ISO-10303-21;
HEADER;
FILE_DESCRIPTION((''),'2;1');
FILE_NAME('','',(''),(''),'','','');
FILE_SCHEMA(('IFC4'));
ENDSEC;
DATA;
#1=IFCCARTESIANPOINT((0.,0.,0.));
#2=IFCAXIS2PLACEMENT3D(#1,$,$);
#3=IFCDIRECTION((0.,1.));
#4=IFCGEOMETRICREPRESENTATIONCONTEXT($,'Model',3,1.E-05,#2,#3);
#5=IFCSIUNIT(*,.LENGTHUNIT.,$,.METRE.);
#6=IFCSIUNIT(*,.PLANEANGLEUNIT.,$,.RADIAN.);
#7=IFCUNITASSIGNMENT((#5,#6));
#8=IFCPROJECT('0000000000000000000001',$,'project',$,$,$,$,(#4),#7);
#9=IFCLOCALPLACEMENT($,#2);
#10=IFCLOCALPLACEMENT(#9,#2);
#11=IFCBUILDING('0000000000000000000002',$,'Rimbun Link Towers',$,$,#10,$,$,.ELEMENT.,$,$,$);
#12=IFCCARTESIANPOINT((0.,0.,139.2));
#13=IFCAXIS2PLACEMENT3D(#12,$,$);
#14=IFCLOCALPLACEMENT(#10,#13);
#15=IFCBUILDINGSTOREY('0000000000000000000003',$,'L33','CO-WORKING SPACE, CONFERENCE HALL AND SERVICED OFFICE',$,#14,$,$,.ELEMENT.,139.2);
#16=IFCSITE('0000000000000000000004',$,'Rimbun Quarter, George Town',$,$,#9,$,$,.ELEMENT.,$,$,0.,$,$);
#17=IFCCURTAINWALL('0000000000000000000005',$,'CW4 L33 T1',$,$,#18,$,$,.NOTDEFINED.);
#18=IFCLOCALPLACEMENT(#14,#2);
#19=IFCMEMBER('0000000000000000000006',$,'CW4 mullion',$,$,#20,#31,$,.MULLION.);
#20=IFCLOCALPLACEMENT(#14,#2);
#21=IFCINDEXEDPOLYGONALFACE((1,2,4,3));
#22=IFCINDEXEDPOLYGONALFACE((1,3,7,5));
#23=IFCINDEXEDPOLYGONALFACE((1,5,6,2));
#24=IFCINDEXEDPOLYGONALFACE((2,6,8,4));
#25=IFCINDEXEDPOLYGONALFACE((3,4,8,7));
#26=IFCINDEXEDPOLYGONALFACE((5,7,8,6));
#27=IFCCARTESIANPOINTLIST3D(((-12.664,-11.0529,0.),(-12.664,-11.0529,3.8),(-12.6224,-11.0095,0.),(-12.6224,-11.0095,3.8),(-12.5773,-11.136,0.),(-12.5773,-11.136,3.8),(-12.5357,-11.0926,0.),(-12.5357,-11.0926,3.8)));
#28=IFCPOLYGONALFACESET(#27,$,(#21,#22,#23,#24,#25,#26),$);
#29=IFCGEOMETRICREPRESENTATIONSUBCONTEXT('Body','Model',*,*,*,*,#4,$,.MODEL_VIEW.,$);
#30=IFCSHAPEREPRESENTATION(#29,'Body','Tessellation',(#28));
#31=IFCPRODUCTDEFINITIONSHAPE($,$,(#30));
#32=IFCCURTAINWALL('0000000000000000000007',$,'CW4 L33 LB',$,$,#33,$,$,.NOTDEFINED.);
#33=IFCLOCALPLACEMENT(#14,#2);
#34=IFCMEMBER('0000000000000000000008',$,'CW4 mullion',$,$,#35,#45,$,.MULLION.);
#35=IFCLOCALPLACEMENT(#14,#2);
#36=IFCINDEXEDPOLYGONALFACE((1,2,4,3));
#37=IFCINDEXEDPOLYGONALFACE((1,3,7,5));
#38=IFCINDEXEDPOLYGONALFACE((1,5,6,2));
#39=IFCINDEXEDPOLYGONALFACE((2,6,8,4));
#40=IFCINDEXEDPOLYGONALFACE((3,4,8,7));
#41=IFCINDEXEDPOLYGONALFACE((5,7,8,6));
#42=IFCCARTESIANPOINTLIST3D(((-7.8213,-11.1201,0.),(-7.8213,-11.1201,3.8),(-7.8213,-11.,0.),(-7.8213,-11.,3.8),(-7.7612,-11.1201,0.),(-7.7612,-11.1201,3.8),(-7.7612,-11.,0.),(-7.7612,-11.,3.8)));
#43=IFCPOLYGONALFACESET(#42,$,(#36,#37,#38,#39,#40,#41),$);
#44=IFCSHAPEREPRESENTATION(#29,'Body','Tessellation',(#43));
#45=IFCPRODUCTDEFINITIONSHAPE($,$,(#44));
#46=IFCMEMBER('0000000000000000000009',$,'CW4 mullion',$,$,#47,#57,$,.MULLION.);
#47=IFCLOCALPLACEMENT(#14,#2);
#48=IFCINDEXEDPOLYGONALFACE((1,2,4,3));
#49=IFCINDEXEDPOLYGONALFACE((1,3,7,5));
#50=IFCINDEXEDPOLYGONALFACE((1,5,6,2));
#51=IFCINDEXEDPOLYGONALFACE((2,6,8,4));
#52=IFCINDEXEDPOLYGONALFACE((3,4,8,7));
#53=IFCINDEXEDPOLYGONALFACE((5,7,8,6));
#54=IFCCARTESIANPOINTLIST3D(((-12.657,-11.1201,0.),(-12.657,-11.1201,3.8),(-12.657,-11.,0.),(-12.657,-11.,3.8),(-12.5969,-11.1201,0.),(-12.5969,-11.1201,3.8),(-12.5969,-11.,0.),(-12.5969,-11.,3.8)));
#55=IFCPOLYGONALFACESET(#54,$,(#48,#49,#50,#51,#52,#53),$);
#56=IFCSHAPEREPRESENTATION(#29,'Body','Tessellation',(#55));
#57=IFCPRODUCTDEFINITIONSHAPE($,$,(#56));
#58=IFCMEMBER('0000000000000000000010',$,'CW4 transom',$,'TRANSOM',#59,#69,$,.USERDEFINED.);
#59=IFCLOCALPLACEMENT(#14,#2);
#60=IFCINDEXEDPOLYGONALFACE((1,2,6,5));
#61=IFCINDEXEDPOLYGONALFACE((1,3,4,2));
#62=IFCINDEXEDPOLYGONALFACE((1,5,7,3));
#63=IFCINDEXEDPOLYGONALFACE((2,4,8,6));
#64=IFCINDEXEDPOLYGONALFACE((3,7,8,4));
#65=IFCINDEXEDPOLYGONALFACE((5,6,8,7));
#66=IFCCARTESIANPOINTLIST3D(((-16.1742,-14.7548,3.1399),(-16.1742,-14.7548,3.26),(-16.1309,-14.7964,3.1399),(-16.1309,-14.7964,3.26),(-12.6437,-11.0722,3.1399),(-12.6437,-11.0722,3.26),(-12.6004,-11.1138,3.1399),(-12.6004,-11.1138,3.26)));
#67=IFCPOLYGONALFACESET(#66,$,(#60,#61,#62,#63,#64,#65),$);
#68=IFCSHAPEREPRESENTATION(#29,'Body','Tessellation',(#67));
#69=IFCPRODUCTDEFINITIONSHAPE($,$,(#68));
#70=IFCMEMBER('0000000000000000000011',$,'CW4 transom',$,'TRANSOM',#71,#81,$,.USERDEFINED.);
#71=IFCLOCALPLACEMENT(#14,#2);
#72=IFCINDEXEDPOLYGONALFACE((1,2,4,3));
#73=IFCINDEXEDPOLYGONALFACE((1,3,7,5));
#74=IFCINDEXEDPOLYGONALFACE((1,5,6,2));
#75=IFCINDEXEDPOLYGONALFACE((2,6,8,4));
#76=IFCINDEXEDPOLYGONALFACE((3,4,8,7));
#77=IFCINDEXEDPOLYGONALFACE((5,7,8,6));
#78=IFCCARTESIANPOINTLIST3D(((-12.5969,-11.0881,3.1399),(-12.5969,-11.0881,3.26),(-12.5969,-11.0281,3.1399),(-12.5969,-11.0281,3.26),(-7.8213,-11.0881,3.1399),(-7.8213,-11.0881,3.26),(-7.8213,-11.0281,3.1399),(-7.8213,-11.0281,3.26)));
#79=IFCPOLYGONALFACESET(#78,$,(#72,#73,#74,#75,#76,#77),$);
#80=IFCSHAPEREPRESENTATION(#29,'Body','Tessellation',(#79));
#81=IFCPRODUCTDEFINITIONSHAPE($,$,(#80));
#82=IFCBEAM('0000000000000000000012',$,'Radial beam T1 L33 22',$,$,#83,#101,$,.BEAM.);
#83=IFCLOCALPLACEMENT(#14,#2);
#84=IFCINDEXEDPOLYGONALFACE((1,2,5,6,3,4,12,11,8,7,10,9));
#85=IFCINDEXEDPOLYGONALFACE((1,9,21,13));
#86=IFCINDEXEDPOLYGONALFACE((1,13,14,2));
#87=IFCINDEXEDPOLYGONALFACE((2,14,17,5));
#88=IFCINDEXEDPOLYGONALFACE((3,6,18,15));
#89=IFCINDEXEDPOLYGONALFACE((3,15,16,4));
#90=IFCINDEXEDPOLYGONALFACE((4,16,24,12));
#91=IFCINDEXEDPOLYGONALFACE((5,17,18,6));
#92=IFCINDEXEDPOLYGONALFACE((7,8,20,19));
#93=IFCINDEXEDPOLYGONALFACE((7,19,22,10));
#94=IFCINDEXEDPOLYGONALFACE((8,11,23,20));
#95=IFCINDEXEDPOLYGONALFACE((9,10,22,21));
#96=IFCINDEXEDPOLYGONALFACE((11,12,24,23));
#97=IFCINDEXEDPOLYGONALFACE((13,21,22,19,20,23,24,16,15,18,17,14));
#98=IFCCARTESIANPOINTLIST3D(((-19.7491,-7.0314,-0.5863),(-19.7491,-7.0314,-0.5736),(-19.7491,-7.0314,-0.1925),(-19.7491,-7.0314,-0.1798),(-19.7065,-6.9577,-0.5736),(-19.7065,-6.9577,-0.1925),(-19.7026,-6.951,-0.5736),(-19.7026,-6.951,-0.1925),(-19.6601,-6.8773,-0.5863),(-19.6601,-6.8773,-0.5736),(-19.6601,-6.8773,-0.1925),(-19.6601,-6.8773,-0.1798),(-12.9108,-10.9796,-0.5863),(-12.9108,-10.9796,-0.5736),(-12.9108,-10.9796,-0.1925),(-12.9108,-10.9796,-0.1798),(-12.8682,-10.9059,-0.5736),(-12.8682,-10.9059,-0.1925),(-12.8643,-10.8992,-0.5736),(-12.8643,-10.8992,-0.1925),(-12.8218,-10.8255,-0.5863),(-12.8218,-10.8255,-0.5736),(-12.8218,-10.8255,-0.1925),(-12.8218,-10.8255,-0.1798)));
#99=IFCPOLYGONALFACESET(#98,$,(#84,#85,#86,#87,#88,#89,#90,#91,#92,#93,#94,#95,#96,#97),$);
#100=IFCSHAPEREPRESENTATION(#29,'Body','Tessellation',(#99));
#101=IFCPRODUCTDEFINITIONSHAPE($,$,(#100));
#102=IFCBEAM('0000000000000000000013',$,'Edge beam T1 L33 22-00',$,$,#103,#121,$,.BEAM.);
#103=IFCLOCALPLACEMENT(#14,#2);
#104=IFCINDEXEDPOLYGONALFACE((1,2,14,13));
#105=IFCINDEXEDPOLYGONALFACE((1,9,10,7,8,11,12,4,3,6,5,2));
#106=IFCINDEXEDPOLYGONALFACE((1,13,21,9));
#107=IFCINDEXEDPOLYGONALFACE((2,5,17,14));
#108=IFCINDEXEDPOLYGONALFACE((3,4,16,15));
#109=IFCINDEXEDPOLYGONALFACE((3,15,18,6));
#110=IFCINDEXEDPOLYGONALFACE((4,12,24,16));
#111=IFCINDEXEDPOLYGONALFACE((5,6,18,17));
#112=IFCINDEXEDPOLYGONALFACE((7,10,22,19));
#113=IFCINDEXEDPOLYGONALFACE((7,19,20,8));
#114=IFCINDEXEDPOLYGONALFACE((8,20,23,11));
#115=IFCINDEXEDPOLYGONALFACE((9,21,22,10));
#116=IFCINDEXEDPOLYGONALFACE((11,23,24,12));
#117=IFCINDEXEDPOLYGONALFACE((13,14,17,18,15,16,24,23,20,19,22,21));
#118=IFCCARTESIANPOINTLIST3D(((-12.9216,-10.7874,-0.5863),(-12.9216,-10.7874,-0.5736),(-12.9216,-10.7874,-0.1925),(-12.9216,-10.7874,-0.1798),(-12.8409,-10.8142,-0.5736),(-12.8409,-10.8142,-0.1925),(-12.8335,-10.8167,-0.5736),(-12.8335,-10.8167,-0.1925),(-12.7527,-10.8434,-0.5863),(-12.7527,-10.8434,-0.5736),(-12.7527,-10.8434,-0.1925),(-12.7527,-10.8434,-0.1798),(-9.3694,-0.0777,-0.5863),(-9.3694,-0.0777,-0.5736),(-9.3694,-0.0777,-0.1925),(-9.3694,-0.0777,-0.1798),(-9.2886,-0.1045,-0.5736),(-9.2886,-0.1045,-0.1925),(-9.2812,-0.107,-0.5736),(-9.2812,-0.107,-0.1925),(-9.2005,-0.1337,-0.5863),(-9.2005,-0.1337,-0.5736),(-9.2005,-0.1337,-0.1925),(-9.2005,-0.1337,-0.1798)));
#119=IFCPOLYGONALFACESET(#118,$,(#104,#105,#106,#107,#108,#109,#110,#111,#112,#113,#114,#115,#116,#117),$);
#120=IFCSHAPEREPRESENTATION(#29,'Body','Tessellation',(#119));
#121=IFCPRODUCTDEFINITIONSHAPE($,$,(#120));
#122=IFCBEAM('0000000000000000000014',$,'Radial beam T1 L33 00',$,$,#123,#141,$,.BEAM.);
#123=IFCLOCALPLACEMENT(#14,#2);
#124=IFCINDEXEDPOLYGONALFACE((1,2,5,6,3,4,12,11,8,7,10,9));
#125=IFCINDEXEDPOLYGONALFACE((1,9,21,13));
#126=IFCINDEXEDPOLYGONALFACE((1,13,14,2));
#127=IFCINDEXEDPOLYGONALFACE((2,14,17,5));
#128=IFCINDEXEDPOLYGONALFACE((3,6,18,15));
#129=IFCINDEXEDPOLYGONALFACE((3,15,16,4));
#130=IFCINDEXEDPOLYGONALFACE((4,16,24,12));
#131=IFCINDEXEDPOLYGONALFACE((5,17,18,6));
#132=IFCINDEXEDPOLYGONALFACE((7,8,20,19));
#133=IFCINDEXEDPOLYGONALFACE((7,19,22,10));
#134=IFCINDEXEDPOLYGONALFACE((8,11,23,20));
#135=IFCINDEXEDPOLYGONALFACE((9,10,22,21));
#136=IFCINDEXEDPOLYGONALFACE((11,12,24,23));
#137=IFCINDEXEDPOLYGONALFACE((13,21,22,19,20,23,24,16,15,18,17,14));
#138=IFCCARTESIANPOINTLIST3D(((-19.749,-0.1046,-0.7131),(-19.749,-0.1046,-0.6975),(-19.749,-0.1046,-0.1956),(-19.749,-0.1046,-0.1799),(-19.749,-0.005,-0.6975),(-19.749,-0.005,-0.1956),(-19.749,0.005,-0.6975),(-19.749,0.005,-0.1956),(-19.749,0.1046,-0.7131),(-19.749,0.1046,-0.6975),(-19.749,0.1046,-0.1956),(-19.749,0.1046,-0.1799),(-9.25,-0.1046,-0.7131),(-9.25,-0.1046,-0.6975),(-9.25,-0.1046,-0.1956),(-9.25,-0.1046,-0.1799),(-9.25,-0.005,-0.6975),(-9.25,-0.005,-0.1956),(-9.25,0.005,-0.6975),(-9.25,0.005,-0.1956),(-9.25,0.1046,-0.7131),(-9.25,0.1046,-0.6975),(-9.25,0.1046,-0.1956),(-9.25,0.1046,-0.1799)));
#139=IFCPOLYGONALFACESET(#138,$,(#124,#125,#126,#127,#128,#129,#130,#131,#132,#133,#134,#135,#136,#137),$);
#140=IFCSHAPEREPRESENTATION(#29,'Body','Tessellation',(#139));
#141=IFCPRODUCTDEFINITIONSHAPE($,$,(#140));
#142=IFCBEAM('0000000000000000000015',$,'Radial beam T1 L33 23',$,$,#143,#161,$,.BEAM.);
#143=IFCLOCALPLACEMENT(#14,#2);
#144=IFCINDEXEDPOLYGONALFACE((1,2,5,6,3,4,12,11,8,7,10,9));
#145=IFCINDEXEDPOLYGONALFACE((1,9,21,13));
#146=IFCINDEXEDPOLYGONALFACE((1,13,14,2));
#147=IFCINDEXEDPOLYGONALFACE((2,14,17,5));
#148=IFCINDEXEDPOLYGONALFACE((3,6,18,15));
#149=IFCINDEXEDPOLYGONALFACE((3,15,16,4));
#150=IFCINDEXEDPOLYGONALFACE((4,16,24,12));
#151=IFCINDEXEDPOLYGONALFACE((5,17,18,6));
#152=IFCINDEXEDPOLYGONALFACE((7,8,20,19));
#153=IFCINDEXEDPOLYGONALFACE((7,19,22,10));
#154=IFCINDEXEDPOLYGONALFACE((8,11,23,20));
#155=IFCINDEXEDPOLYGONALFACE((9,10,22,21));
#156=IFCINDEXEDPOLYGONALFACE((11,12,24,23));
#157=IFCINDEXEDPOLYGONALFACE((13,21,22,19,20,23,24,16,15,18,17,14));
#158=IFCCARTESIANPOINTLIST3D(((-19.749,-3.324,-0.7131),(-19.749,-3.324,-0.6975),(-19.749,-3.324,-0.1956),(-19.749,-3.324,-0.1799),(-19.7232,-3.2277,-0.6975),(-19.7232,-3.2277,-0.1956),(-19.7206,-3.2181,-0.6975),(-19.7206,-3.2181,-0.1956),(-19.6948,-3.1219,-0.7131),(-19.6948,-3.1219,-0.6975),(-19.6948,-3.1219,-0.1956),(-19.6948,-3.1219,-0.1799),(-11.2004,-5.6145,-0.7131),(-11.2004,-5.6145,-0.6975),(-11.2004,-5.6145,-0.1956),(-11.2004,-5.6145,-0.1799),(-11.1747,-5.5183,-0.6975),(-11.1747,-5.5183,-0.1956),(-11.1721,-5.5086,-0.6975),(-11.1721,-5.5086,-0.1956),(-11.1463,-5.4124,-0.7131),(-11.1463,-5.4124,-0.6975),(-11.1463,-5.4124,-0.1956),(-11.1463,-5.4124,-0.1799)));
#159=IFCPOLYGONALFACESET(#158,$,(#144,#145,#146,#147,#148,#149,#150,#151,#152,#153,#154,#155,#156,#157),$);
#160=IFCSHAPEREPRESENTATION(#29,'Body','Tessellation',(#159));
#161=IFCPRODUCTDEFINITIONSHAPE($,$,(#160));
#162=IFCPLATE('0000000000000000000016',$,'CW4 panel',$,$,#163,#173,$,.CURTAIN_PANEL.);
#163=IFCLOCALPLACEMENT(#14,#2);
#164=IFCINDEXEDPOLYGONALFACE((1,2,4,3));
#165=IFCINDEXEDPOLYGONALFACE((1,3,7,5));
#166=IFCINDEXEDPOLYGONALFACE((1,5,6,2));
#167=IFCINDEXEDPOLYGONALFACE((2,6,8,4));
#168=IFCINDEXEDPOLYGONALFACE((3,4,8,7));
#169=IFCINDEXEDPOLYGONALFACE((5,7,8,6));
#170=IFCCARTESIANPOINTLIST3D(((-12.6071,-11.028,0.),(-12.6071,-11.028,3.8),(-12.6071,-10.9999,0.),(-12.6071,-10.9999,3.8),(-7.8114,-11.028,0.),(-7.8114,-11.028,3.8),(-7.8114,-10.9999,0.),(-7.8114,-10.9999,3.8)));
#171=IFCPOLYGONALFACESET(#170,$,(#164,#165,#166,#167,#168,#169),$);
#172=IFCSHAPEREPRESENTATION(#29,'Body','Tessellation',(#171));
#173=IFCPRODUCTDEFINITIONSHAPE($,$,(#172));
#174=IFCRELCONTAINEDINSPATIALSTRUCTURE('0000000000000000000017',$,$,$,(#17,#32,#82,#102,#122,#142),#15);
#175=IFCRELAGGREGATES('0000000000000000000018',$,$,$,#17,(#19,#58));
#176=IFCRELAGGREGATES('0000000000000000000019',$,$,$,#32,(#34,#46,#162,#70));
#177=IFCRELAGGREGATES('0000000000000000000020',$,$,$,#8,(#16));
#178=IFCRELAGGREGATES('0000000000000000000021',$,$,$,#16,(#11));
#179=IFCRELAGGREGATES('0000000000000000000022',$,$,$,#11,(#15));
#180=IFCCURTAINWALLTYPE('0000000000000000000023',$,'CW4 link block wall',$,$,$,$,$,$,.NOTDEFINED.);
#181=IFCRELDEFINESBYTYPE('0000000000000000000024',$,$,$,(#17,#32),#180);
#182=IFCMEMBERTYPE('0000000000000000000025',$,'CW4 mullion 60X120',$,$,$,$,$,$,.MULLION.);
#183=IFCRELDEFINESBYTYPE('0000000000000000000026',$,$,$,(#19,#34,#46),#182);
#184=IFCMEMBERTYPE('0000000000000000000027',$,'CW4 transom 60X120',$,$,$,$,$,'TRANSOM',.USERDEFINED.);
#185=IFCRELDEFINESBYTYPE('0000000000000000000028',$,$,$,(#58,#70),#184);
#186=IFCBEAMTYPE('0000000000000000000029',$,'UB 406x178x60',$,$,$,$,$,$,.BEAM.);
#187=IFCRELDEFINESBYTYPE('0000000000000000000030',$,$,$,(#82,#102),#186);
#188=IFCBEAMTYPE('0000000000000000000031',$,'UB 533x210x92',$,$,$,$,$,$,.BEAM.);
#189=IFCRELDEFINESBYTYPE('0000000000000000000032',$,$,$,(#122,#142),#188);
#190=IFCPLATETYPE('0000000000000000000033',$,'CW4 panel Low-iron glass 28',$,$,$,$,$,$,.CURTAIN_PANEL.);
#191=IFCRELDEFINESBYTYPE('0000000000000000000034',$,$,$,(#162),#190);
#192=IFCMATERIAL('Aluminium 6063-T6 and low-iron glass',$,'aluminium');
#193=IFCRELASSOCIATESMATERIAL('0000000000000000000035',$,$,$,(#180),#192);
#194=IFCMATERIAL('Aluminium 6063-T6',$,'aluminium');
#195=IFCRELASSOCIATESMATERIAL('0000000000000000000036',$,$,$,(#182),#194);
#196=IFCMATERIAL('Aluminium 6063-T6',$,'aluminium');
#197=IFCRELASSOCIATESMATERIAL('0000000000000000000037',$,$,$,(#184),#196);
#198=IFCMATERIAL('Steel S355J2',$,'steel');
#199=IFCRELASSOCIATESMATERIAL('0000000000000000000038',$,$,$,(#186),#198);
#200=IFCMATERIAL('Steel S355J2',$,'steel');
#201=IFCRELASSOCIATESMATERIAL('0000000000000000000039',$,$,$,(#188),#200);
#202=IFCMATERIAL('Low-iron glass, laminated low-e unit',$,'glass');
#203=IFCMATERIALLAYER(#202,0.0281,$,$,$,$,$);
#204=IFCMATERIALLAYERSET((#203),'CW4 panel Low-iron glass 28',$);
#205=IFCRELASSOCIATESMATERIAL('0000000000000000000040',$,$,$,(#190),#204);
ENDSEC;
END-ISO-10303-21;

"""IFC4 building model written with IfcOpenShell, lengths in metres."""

from ifc_helpers import new_model, si_unit, direction, frame, origin, origin_2d, place, context, subcontext, project, spatial, rectangle, i_section, extrude, material, layer, layer_set, material_profile, profile_set, type_object, element, aggregate, save


model = new_model("IFC4")

# Units and contexts
model_context = context("Model", 3, precision=1e-05, world=origin(), true_north=direction((0.0, 1.0)))
body_context = subcontext(model_context, "Body", "Model", "MODEL_VIEW")
ifc_project = project(units=[si_unit("LENGTHUNIT", "METRE"), si_unit("PLANEANGLEUNIT", "RADIAN")], contexts=[model_context])

# Site, building, storey
site_placement = place(None, origin())
site = spatial("IfcSite", under=ifc_project, at=site_placement, Name="Rimbun Quarter, George Town", CompositionType="ELEMENT", RefElevation=0.0)
building_placement = place(site_placement, origin())
building = spatial("IfcBuilding", under=site, at=building_placement, Name="Rimbun Link Towers", CompositionType="ELEMENT")
storey_placement = place(building_placement, frame((0.0, 0.0, 139.2)))
storey = spatial("IfcBuildingStorey", under=building, at=storey_placement, Name="L33", Description="CO-WORKING SPACE, CONFERENCE HALL AND SERVICED OFFICE", CompositionType="ELEMENT", Elevation=139.2)

# Curtain wall, member
ifc_material_1 = material(Name="Aluminium 6063-T6 and low-iron glass", Category="aluminium")
curtain_wall_type = type_object("IfcCurtainWallType", Name="CW4 link block wall", PredefinedType="NOTDEFINED", material=ifc_material_1)
curtain_wall_1_placement = place(storey_placement, origin())
curtain_wall_1 = element("IfcCurtainWall", 1, at=curtain_wall_1_placement, inside=storey, type_object=curtain_wall_type, Name="CW4 L33 T1", PredefinedType="NOTDEFINED")
ifc_material_2 = material(Name="Aluminium 6063-T6", Category="aluminium")
ifc_material_profile_1 = material_profile(ifc_material_2, rectangle(XDim=0.1201, YDim=0.0601, at=origin_2d()), Name="MULLION 60X120")
ifc_profile_set_1 = profile_set([ifc_material_profile_1], Name="Aluminium 6063-T6")
member_type_1 = type_object("IfcMemberType", Name="CW4 mullion 60X120", PredefinedType="MULLION", material=ifc_profile_set_1)
member_1_placement = place(storey_placement, frame((-12.5999, -11.0728, 0.0), z_axis=(0.0, 0.0, 1.0), x_axis=(0.721858, -0.692041, 0.0)))
member_1 = element("IfcMember", 2, at=member_1_placement, type_object=member_type_1, Name="CW4 mullion", PredefinedType="MULLION", context=body_context, shape_type="SweptSolid", body=[
    extrude(rectangle(XDim=0.1201, YDim=0.0601, at=origin_2d()), origin(), (0.0, 0.0, 1.0), 3.8),
])

# Curtain wall, members
curtain_wall_2_placement = place(storey_placement, origin())
curtain_wall_2 = element("IfcCurtainWall", 3, at=curtain_wall_2_placement, inside=storey, type_object=curtain_wall_type, Name="CW4 L33 LB", PredefinedType="NOTDEFINED")
member_2_placement = place(storey_placement, frame((-7.7913, -11.0601, 0.0), z_axis=(0.0, 0.0, 1.0), x_axis=(0.0, -1.0, 0.0)))
member_2 = element("IfcMember", 4, at=member_2_placement, type_object=member_type_1, Name="CW4 mullion", PredefinedType="MULLION", context=body_context, shape_type="SweptSolid", body=[
    extrude(rectangle(XDim=0.1201, YDim=0.0601, at=origin_2d()), origin(), (0.0, 0.0, 1.0), 3.8),
])
member_3_placement = place(storey_placement, frame((-12.627, -11.0601, 0.0), z_axis=(0.0, 0.0, 1.0), x_axis=(0.0, -1.0, 0.0)))
member_3 = element("IfcMember", 5, at=member_3_placement, type_object=member_type_1, Name="CW4 mullion", PredefinedType="MULLION", context=body_context, shape_type="SweptSolid", body=[
    extrude(rectangle(XDim=0.1201, YDim=0.0601, at=origin_2d()), origin(), (0.0, 0.0, 1.0), 3.8),
])

# Members
ifc_material_3 = material(Name="Aluminium 6063-T6", Category="aluminium")
ifc_material_profile_2 = material_profile(ifc_material_3, rectangle(XDim=0.0601, YDim=0.1201, at=origin_2d()), Name="TRANSOM 60X120")
ifc_profile_set_2 = profile_set([ifc_material_profile_2], Name="Aluminium 6063-T6")
member_type_2 = type_object("IfcMemberType", Name="CW4 transom 60X120", ElementType="TRANSOM", PredefinedType="USERDEFINED", material=ifc_profile_set_2)
member_4_placement = place(storey_placement, frame((-12.6221, -11.093, 3.2), z_axis=(-0.692043, -0.721857, 0.0), x_axis=(0.721857, -0.692043, 0.0)))
member_4 = element("IfcMember", 6, at=member_4_placement, type_object=member_type_2, Name="CW4 transom", ObjectType="TRANSOM", PredefinedType="USERDEFINED", context=body_context, shape_type="SweptSolid", body=[
    extrude(rectangle(XDim=0.0601, YDim=0.1201, at=origin_2d()), origin(), (0.0, 0.0, 1.0), 5.1016),
])
aggregate(curtain_wall_1, [member_1, member_4])
member_5_placement = place(storey_placement, frame((-7.8213, -11.0581, 3.2), z_axis=(-1.0, 0.0, 0.0), x_axis=(0.0, -1.0, 0.0)))
member_5 = element("IfcMember", 7, at=member_5_placement, type_object=member_type_2, Name="CW4 transom", ObjectType="TRANSOM", PredefinedType="USERDEFINED", context=body_context, shape_type="SweptSolid", body=[
    extrude(rectangle(XDim=0.0601, YDim=0.1201, at=origin_2d()), origin(), (0.0, 0.0, 1.0), 4.7756),
])

# Beams
ifc_material_4 = material(Name="Steel S355J2", Category="steel")
ifc_material_profile_3 = material_profile(ifc_material_4, i_section(OverallWidth=0.178, OverallDepth=0.4065, WebThickness=0.0078, FlangeThickness=0.0127, at=origin_2d()), Name="UB 406x178x60")
ifc_profile_set_3 = profile_set([ifc_material_profile_3], Name="Steel S355J2")
beam_type_1 = type_object("IfcBeamType", Name="UB 406x178x60", PredefinedType="BEAM", material=ifc_profile_set_3)
beam_1_placement = place(storey_placement, frame((-19.7046, -6.9543, -0.3831), z_axis=(0.86602, -0.50001, 0.0), x_axis=(0.50001, 0.86602, 0.0)))
element("IfcBeam", 8, at=beam_1_placement, inside=storey, type_object=beam_type_1, Name="Radial beam T1 L33 22", PredefinedType="BEAM", context=body_context, shape_type="SweptSolid", body=[
    extrude(i_section(OverallWidth=0.178, OverallDepth=0.4065, WebThickness=0.0078, FlangeThickness=0.0127, at=origin_2d()), origin(), (0.0, 0.0, 1.0), 7.8962),
])
beam_2_placement = place(storey_placement, frame((-12.8372, -10.8154, -0.3831), z_axis=(0.314819, 0.949152, 0.0), x_axis=(-0.949152, 0.314819, 0.0)))
element("IfcBeam", 9, at=beam_2_placement, inside=storey, type_object=beam_type_1, Name="Edge beam T1 L33 22-00", PredefinedType="BEAM", context=body_context, shape_type="SweptSolid", body=[
    extrude(i_section(OverallWidth=0.178, OverallDepth=0.4065, WebThickness=0.0078, FlangeThickness=0.0127, at=origin_2d()), origin(), (0.0, 0.0, 1.0), 11.2834),
])
ifc_material_5 = material(Name="Steel S355J2", Category="steel")
ifc_material_profile_4 = material_profile(ifc_material_5, i_section(OverallWidth=0.2092, OverallDepth=0.5332, WebThickness=0.01, FlangeThickness=0.0156, at=origin_2d()), Name="UB 533x210x92")
ifc_profile_set_4 = profile_set([ifc_material_profile_4], Name="Steel S355J2")
beam_type_2 = type_object("IfcBeamType", Name="UB 533x210x92", PredefinedType="BEAM", material=ifc_profile_set_4)
beam_3_placement = place(storey_placement, frame((-19.749, 0.0, -0.4465), z_axis=(1.0, 0.0, 0.0), x_axis=(0.0, 1.0, 0.0)))
element("IfcBeam", 10, at=beam_3_placement, inside=storey, type_object=beam_type_2, Name="Radial beam T1 L33 00", PredefinedType="BEAM", context=body_context, shape_type="SweptSolid", body=[
    extrude(i_section(OverallWidth=0.2092, OverallDepth=0.5332, WebThickness=0.01, FlangeThickness=0.0156, at=origin_2d()), origin(), (0.0, 0.0, 1.0), 10.499),
])
beam_4_placement = place(storey_placement, frame((-19.7219, -3.2229, -0.4465), z_axis=(0.965927, -0.258813, 0.0), x_axis=(0.258813, 0.965927, 0.0)))
element("IfcBeam", 11, at=beam_4_placement, inside=storey, type_object=beam_type_2, Name="Radial beam T1 L33 23", PredefinedType="BEAM", context=body_context, shape_type="SweptSolid", body=[
    extrude(i_section(OverallWidth=0.2092, OverallDepth=0.5332, WebThickness=0.01, FlangeThickness=0.0156, at=origin_2d()), origin(), (0.0, 0.0, 1.0), 8.8501),
])

# Plate
ifc_material_6 = material(Name="Low-iron glass, laminated low-e unit", Category="glass")
ifc_layer_1 = layer(ifc_material_6, 0.0281)
ifc_layer_set_1 = layer_set([ifc_layer_1], Name="CW4 panel Low-iron glass 28")
plate_type = type_object("IfcPlateType", Name="CW4 panel Low-iron glass 28", PredefinedType="CURTAIN_PANEL", material=ifc_layer_set_1)
plate_placement = place(storey_placement, frame((-10.2092, -11.0139, 0.0), z_axis=(0.0, 0.0, 1.0), x_axis=(-1.0, 0.0, 0.0)))
plate = element("IfcPlate", 12, at=plate_placement, type_object=plate_type, Name="CW4 panel", PredefinedType="CURTAIN_PANEL", context=body_context, shape_type="SweptSolid", body=[
    extrude(rectangle(XDim=4.7957, YDim=0.0281, at=origin_2d()), origin(), (0.0, 0.0, 1.0), 3.8),
])
aggregate(curtain_wall_2, [member_2, member_3, plate, member_5])

save(model, "model.ifc")
